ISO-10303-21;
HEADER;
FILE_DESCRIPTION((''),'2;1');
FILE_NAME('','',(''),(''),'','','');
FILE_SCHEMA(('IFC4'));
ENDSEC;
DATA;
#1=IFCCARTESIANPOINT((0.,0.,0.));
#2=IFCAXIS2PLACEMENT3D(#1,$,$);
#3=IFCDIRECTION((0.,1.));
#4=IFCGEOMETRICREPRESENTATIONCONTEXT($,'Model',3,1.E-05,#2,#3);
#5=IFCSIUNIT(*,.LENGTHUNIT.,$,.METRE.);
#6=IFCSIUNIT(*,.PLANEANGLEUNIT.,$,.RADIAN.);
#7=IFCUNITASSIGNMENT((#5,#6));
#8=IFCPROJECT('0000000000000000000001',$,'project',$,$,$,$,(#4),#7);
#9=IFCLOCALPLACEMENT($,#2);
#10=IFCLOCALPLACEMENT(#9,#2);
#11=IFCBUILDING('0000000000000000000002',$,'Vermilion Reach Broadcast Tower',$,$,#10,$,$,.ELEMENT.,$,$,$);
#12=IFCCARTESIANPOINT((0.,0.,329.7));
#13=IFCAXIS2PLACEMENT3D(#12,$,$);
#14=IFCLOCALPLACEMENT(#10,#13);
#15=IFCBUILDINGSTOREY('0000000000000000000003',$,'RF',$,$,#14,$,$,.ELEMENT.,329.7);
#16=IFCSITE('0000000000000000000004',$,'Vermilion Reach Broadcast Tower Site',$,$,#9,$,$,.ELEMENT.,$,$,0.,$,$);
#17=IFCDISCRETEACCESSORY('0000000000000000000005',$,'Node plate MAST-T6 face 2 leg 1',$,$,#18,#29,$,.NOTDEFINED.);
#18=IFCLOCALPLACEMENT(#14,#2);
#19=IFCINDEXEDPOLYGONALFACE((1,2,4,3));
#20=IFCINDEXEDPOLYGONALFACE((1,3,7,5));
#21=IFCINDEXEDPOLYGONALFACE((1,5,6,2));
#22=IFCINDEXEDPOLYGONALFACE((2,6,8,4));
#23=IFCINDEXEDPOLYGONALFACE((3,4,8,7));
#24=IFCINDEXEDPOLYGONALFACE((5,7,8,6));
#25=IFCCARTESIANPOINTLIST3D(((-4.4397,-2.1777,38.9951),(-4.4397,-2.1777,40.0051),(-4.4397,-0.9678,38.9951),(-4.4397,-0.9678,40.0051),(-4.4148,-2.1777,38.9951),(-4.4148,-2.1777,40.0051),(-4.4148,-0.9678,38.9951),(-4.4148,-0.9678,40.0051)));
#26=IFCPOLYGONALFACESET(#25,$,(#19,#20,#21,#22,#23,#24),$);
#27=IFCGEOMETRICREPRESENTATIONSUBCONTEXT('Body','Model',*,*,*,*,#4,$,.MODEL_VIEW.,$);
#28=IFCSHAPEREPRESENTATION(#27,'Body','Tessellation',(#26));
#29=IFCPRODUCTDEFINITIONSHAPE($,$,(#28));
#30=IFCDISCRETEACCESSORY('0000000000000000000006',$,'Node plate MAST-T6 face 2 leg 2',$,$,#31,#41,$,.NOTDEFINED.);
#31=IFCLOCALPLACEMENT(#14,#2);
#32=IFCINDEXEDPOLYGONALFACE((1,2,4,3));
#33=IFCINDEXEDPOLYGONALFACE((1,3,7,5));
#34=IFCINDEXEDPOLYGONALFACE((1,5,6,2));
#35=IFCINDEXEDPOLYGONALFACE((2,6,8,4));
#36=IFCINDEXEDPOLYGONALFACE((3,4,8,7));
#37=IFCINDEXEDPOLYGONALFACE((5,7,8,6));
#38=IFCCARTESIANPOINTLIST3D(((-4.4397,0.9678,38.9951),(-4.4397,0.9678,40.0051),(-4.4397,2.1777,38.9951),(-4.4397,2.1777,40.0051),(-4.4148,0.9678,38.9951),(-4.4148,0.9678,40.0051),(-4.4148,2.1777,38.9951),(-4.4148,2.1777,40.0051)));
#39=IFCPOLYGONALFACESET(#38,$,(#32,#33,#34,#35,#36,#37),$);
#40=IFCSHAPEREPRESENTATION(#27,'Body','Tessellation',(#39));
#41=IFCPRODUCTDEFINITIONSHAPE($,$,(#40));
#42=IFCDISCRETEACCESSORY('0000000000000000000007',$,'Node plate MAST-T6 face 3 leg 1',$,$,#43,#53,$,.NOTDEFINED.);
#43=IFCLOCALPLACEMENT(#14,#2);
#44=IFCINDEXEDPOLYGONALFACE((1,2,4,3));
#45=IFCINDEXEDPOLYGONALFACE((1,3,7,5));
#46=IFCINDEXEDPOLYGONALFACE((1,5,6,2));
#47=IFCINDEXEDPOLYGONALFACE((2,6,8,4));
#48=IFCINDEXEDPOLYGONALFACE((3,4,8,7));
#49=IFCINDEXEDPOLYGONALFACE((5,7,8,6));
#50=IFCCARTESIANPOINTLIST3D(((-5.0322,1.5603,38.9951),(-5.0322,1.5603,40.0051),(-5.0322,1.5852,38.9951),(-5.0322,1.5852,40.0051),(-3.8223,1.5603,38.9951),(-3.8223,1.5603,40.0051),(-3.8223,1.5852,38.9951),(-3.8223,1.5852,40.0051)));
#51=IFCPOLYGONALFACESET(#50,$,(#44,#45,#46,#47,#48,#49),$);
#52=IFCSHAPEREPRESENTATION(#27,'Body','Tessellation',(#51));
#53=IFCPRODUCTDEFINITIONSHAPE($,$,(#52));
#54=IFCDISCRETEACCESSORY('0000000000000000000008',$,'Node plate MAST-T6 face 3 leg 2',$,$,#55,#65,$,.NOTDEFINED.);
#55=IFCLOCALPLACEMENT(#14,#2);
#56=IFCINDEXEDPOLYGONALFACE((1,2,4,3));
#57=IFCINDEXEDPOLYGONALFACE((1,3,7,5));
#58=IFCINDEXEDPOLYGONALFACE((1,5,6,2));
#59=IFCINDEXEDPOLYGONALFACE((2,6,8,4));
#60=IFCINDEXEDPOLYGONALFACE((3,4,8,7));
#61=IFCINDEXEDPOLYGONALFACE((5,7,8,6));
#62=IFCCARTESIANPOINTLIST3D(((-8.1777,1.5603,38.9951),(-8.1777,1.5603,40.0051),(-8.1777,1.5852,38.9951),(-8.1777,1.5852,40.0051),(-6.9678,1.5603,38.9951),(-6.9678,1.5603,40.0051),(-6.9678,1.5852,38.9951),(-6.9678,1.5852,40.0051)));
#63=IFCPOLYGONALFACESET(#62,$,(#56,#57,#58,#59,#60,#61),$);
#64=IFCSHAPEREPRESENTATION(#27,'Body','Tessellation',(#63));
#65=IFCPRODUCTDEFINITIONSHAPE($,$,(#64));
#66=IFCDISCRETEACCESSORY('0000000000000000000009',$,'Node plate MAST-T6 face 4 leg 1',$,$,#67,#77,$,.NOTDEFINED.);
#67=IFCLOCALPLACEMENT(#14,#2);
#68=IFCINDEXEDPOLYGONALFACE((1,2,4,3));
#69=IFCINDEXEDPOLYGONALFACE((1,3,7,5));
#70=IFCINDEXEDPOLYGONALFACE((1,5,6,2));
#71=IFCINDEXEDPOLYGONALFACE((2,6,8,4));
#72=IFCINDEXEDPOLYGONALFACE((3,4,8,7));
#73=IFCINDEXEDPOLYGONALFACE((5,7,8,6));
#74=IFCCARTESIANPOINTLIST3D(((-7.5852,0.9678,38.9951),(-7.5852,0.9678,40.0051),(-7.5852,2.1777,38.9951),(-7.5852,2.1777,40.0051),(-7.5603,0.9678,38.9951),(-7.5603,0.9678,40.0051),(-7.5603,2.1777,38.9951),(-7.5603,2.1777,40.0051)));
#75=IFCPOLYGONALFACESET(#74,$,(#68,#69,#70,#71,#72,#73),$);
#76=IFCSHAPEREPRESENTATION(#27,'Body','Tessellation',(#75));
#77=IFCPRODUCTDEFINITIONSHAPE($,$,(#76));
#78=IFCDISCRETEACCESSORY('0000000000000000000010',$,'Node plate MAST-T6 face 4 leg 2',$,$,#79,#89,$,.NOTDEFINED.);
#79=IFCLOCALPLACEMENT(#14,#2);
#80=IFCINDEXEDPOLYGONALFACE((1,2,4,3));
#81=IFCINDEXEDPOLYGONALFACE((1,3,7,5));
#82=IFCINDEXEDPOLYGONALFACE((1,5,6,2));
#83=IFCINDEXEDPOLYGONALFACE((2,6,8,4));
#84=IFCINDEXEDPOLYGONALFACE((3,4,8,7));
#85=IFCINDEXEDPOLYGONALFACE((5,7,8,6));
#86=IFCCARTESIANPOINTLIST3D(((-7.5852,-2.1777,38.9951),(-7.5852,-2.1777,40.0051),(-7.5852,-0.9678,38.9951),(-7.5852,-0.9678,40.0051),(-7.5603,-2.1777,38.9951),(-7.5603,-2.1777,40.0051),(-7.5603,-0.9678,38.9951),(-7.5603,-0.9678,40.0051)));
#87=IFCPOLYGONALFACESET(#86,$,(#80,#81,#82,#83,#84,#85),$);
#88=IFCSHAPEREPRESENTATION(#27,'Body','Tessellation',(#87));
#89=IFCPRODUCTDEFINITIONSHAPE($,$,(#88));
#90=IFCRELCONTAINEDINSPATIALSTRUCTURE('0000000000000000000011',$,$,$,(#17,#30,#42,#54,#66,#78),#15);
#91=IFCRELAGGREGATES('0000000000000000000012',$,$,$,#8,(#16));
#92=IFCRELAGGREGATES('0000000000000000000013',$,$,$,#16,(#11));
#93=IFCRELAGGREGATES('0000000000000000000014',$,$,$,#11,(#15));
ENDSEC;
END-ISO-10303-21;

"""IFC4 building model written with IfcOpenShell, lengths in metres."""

from ifc_helpers import new_model, si_unit, direction, frame, origin, origin_2d, place, context, subcontext, project, spatial, rectangle, extrude, element, save


model = new_model("IFC4")

# Units and contexts
model_context = context("Model", 3, precision=1e-05, world=origin(), true_north=direction((0.0, 1.0)))
body_context = subcontext(model_context, "Body", "Model", "MODEL_VIEW")
ifc_project = project(units=[si_unit("LENGTHUNIT", "METRE"), si_unit("PLANEANGLEUNIT", "RADIAN")], contexts=[model_context])

# Site, building, storey
site_placement = place(None, origin())
site = spatial("IfcSite", under=ifc_project, at=site_placement, Name="Vermilion Reach Broadcast Tower Site", CompositionType="ELEMENT", RefElevation=0.0)
building_placement = place(site_placement, origin())
building = spatial("IfcBuilding", under=site, at=building_placement, Name="Vermilion Reach Broadcast Tower", CompositionType="ELEMENT")
storey_placement = place(building_placement, frame((0.0, 0.0, 329.7)))
storey = spatial("IfcBuildingStorey", under=building, at=storey_placement, Name="RF", CompositionType="ELEMENT", Elevation=329.7)

# Discrete accessories
for number, where, z_axis, x_axis, name in (
    (1, (-4.4272, -1.5728, 38.9951), (0.0, 0.0, 1.0), (-1.0, 0.0, 0.0), "Node plate MAST-T6 face 2 leg 1"),
    (2, (-4.4272, 1.5728, 38.9951), (0.0, 0.0, 1.0), (-1.0, 0.0, 0.0), "Node plate MAST-T6 face 2 leg 2"),
    (3, (-4.4272, 1.5728, 38.9951), (0.0, 0.0, 1.0), (0.0, -1.0, 0.0), "Node plate MAST-T6 face 3 leg 1"),
    (4, (-7.5728, 1.5728, 38.9951), (0.0, 0.0, 1.0), (0.0, -1.0, 0.0), "Node plate MAST-T6 face 3 leg 2"),
    (5, (-7.5728, 1.5728, 38.9951), (0.0, 0.0, 1.0), (1.0, 0.0, 0.0), "Node plate MAST-T6 face 4 leg 1"),
    (6, (-7.5728, -1.5728, 38.9951), (0.0, 0.0, 1.0), (1.0, 0.0, 0.0), "Node plate MAST-T6 face 4 leg 2"),
):
    element("IfcDiscreteAccessory", number, at=place(storey_placement, frame(where, z_axis=z_axis, x_axis=x_axis)), inside=storey, Name=name, PredefinedType="NOTDEFINED", context=body_context, shape_type="SweptSolid", body=[
        extrude(rectangle(XDim=0.0249, YDim=1.21, at=origin_2d()), origin(), (0.0, 0.0, 1.0), 1.01),
    ])

save(model, "model.ifc")
